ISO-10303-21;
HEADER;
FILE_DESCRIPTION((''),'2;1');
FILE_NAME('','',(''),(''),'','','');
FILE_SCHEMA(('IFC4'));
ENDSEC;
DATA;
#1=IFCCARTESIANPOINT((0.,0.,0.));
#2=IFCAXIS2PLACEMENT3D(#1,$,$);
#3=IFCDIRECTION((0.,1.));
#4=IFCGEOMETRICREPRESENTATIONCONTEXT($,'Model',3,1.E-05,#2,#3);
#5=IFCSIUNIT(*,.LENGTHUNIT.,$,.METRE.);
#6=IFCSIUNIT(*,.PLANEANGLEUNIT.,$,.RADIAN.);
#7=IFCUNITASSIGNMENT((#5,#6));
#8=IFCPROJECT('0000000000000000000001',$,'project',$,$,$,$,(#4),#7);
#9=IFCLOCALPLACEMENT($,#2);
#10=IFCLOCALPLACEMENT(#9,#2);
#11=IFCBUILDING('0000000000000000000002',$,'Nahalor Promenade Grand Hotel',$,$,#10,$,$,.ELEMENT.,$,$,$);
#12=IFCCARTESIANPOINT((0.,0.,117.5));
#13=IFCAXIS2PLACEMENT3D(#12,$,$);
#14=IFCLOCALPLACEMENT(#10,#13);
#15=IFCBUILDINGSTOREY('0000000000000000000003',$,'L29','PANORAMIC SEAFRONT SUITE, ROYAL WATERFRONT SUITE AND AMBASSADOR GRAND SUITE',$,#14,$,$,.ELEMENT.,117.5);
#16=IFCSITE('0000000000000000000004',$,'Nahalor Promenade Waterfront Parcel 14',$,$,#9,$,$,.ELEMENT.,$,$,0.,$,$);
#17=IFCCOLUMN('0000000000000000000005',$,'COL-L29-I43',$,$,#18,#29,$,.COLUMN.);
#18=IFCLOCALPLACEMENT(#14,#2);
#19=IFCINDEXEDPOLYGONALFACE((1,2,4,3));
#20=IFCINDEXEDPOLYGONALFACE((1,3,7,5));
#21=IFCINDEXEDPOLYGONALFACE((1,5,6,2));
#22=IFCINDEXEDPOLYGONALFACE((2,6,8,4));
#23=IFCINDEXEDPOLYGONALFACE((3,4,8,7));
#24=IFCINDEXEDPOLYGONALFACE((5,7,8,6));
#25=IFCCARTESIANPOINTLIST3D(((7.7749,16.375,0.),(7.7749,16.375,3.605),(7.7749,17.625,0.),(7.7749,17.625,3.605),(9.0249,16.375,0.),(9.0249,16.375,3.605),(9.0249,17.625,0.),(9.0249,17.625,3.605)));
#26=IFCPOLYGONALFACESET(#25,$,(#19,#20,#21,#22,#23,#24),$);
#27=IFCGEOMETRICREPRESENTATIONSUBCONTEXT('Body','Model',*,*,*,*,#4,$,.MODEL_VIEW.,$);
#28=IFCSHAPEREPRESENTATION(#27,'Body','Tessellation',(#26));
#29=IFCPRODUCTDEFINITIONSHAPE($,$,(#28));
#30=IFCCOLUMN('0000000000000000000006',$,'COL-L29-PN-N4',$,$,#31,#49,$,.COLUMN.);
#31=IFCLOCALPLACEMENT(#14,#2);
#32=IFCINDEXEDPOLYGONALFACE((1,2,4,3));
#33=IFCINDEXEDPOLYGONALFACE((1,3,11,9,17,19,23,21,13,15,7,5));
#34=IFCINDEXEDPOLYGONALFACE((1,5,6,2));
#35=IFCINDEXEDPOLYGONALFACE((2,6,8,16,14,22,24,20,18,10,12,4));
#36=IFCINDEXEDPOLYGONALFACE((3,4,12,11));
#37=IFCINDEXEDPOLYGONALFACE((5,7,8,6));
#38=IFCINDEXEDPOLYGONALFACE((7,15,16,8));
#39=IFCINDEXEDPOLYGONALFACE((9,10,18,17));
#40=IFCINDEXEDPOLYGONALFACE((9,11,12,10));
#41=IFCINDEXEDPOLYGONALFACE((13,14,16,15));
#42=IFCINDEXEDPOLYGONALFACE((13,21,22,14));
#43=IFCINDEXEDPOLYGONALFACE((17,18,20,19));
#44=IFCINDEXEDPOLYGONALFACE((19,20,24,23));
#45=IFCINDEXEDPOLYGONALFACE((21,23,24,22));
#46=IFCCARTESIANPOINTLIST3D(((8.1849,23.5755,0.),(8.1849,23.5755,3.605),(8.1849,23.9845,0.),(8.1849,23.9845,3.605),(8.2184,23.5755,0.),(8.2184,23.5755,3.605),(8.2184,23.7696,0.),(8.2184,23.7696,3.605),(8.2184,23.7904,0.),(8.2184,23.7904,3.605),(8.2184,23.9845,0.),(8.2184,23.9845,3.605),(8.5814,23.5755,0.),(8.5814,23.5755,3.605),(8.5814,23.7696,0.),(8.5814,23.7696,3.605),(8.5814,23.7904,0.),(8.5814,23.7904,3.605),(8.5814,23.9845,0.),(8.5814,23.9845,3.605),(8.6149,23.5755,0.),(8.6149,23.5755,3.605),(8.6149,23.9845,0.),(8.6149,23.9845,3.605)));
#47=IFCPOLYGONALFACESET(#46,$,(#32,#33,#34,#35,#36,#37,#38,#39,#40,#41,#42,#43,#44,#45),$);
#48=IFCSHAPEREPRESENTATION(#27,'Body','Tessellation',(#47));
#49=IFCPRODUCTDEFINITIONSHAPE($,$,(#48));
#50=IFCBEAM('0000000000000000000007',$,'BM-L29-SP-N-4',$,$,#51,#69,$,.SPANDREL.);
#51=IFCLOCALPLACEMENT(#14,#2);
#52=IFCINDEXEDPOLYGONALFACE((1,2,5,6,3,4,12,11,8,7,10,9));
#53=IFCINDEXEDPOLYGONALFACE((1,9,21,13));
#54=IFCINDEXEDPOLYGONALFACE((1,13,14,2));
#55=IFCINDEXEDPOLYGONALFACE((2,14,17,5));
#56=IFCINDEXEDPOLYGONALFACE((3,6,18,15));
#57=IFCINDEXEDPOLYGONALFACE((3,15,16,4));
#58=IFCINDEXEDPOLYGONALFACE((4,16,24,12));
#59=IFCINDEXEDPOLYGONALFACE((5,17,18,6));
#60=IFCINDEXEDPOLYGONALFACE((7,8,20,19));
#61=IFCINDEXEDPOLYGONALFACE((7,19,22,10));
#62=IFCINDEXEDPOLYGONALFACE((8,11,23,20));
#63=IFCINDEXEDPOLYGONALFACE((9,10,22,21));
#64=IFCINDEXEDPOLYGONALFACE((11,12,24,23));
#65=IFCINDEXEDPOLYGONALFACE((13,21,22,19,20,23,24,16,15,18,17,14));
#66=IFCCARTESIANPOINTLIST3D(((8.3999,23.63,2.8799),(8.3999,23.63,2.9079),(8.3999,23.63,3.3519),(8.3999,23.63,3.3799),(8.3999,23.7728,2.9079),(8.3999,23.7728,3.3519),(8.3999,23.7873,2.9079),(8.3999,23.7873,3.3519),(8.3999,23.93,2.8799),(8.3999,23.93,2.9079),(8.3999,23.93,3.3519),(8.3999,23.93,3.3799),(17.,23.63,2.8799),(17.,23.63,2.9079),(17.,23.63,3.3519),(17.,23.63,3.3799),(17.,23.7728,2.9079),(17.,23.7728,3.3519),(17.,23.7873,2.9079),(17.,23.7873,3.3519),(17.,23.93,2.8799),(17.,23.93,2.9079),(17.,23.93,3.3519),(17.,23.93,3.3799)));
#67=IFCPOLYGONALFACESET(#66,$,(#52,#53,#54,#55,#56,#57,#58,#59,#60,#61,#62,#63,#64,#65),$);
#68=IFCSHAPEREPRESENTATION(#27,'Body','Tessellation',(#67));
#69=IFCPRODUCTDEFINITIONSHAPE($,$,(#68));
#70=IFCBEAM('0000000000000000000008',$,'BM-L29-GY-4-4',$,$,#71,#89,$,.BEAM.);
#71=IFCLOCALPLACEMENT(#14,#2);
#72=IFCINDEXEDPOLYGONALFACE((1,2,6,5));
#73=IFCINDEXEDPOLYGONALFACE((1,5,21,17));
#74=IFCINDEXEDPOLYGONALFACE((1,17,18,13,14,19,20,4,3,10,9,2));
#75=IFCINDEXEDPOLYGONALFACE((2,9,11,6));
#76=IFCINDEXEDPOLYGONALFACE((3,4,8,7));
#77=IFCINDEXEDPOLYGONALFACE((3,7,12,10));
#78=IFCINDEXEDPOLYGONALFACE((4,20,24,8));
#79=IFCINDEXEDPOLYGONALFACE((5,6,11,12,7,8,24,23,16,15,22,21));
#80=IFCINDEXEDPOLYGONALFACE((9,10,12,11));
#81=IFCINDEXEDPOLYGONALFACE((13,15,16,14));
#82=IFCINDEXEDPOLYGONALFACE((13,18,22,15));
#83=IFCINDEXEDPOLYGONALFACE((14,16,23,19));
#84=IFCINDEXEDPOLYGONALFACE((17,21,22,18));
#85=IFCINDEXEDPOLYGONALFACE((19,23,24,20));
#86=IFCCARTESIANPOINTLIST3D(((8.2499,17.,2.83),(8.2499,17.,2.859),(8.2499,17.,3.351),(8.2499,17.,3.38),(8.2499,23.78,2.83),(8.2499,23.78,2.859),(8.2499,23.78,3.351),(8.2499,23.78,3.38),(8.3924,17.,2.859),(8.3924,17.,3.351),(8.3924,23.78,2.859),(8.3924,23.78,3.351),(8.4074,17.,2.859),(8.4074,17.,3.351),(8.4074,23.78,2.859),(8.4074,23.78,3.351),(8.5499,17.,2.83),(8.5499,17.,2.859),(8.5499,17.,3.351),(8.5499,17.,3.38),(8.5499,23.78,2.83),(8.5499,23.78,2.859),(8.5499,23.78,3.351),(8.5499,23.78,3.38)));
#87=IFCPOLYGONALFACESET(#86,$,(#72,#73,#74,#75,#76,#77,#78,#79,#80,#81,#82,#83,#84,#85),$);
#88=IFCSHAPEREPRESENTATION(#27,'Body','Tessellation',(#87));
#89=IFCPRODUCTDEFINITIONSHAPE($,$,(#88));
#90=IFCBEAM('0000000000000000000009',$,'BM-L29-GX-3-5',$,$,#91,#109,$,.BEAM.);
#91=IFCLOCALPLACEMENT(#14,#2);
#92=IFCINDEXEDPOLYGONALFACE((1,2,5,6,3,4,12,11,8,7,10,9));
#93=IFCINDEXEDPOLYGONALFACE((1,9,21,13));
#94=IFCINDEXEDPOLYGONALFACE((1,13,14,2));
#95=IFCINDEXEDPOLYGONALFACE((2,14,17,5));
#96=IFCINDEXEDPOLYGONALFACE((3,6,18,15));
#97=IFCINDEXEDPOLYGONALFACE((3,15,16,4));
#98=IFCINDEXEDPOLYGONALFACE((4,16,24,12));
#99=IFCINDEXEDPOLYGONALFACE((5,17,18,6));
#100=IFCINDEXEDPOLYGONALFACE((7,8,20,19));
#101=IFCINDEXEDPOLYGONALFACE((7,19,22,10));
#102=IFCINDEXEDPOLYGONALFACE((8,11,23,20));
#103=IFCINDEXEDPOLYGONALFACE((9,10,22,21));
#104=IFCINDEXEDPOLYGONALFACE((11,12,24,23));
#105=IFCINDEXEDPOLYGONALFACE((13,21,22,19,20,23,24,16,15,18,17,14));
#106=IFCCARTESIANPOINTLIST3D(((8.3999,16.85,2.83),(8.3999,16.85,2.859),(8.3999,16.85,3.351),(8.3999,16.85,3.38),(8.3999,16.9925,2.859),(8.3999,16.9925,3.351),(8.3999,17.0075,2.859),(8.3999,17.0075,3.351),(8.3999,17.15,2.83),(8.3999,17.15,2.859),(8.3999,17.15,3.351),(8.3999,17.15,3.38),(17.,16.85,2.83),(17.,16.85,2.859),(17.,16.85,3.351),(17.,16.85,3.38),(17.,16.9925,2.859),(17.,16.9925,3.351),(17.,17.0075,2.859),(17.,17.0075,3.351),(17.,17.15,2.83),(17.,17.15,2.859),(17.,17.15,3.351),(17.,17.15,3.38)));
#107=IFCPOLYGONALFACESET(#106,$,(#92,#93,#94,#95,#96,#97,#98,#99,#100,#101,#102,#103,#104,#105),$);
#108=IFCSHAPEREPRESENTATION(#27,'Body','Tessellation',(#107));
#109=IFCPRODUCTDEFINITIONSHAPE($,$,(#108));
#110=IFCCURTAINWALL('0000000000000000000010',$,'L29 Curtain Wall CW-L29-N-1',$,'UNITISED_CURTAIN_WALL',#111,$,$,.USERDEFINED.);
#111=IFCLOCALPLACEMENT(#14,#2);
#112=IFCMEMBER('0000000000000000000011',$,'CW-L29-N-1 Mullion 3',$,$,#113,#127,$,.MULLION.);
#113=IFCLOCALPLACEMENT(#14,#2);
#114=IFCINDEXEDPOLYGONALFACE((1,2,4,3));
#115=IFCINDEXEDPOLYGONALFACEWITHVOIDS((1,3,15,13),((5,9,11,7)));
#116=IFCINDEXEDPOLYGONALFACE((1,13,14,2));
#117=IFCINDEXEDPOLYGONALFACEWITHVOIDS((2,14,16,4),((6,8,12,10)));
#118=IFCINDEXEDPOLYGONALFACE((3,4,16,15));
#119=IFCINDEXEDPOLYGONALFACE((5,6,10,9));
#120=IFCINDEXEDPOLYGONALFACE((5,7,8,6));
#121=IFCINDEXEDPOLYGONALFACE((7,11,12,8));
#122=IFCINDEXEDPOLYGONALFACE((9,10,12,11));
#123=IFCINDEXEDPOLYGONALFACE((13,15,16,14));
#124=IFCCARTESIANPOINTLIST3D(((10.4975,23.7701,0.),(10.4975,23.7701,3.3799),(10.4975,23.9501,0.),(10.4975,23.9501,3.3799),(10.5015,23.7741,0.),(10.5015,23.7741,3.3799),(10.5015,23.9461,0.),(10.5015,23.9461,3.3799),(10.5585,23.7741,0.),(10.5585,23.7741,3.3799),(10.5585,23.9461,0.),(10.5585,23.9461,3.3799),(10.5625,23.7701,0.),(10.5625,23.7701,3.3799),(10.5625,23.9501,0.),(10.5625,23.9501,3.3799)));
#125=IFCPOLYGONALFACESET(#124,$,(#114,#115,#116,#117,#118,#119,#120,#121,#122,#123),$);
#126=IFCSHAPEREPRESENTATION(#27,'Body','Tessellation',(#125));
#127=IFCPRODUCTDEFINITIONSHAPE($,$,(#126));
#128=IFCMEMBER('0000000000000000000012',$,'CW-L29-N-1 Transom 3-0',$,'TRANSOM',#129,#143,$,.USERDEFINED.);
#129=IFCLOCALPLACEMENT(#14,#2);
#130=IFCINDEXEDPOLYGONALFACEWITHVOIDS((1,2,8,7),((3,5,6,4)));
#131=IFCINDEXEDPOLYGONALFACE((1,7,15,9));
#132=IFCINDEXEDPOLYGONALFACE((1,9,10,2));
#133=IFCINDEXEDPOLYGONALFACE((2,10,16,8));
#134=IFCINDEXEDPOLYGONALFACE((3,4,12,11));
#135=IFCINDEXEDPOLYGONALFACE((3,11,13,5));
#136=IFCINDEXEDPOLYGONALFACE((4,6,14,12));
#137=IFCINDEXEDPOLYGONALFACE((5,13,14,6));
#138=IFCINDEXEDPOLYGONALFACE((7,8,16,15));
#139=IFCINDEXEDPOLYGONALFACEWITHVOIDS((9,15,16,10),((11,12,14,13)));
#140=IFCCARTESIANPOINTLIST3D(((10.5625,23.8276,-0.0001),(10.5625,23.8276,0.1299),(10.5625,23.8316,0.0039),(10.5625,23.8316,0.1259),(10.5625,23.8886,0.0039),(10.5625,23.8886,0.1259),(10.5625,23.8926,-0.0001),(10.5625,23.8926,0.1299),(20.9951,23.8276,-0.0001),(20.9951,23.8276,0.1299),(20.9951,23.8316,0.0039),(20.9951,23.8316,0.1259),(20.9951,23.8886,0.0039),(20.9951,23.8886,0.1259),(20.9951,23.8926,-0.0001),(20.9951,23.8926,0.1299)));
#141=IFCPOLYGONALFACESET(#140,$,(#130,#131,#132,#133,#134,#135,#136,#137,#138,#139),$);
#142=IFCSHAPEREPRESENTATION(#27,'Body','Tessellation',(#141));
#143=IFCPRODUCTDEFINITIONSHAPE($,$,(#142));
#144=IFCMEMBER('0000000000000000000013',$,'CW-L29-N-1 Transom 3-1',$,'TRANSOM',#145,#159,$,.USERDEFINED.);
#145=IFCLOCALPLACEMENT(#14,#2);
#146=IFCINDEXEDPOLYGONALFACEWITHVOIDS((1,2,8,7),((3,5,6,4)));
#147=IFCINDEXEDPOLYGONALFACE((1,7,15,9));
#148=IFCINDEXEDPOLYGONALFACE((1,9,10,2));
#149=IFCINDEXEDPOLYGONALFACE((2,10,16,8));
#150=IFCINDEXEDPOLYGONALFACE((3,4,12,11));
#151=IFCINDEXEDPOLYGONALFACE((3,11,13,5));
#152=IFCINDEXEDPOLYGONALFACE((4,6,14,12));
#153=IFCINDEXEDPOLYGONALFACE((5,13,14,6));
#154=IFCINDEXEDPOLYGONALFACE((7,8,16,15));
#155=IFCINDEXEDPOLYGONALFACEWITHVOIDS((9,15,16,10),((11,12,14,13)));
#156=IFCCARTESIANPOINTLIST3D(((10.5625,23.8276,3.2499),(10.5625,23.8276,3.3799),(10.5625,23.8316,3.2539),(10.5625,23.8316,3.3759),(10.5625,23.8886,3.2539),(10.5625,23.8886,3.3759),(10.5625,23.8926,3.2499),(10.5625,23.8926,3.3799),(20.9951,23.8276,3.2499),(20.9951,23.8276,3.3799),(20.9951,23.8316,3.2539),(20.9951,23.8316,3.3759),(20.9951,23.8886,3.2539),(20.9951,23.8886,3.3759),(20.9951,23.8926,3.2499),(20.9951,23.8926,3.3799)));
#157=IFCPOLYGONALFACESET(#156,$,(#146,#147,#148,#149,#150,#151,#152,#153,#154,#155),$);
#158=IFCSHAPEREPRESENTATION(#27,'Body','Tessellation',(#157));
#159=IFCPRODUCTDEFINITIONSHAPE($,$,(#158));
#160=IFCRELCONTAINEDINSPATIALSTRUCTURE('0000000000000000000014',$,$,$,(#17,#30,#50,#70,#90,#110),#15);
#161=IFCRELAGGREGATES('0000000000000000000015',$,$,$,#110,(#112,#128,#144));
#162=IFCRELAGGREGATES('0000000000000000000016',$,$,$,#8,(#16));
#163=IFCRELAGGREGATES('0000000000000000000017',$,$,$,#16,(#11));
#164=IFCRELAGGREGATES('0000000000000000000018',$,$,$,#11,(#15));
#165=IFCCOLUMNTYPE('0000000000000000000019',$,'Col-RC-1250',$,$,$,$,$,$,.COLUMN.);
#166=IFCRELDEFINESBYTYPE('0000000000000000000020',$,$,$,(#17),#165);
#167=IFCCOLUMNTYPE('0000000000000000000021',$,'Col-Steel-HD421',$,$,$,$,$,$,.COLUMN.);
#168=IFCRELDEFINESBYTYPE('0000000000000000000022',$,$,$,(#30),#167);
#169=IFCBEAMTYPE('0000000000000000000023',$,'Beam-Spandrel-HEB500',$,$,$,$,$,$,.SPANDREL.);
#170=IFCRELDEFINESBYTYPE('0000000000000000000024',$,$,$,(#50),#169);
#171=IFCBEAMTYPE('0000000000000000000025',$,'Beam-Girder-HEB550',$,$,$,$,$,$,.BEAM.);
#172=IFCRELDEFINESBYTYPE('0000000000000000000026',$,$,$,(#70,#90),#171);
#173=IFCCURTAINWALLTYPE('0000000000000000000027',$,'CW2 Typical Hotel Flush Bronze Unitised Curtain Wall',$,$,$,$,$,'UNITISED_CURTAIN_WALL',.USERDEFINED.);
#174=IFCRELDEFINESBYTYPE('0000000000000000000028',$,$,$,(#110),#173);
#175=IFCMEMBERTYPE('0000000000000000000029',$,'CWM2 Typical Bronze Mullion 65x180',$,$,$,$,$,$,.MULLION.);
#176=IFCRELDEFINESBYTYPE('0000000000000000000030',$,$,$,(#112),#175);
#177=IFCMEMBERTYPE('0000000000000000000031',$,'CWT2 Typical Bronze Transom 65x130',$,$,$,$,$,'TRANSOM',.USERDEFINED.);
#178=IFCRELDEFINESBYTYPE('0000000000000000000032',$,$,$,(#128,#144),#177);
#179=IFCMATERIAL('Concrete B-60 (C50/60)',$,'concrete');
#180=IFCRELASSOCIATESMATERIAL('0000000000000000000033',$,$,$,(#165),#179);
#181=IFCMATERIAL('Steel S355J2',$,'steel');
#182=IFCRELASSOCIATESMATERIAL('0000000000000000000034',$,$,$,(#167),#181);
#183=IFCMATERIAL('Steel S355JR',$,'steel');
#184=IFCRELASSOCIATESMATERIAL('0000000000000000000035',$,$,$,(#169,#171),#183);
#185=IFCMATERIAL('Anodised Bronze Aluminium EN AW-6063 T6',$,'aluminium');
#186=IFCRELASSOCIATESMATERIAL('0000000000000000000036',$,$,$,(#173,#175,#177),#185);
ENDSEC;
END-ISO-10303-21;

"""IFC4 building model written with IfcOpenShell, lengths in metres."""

from ifc_helpers import new_model, si_unit, direction, frame, origin, origin_2d, place, context, subcontext, project, spatial, rectangle, hollow_rectangle, i_section, extrude, source, transform, mapped, material, material_profile, profile_set, type_object, element, aggregate, save


model = new_model("IFC4")

# Units and contexts
model_context = context("Model", 3, precision=1e-05, world=origin(), true_north=direction((0.0, 1.0)))
body_context = subcontext(model_context, "Body", "Model", "MODEL_VIEW")
ifc_project = project(units=[si_unit("LENGTHUNIT", "METRE"), si_unit("PLANEANGLEUNIT", "RADIAN")], contexts=[model_context])

# Site, building, storey
site_placement = place(None, origin())
site = spatial("IfcSite", under=ifc_project, at=site_placement, Name="Nahalor Promenade Waterfront Parcel 14", CompositionType="ELEMENT", RefElevation=0.0)
building_placement = place(site_placement, origin())
building = spatial("IfcBuilding", under=site, at=building_placement, Name="Nahalor Promenade Grand Hotel", CompositionType="ELEMENT")
storey_placement = place(building_placement, frame((0.0, 0.0, 117.5)))
storey = spatial("IfcBuildingStorey", under=building, at=storey_placement, Name="L29", Description="PANORAMIC SEAFRONT SUITE, ROYAL WATERFRONT SUITE AND AMBASSADOR GRAND SUITE", CompositionType="ELEMENT", Elevation=117.5)

# Columns
ifc_material_1 = material(Name="Concrete B-60 (C50/60)", Category="concrete")
ifc_material_profile_1 = material_profile(ifc_material_1, rectangle(XDim=1.25, YDim=1.25, at=origin_2d()), Name="RC 1250x1250")
ifc_profile_set_1 = profile_set([ifc_material_profile_1], Name="Concrete B-60 (C50/60)")
column_type_1 = type_object("IfcColumnType", Name="Col-RC-1250", PredefinedType="COLUMN", material=ifc_profile_set_1)
shared_shape_1 = source(origin(), body_context, "Body", "SweptSolid", [
    extrude(rectangle(XDim=1.25, YDim=1.25, at=origin_2d()), origin(), (0.0, 0.0, 1.0), 3.605),
])
column_1_placement = place(storey_placement, frame((8.3999, 17.0, 0.0), z_axis=(0.0, 0.0, 1.0), x_axis=(1.0, 0.0, 0.0)))
element("IfcColumn", 1, at=column_1_placement, inside=storey, type_object=column_type_1, Name="COL-L29-I43", PredefinedType="COLUMN", context=body_context, shape_type="MappedRepresentation", body=[
    mapped(shared_shape_1, transform((0.0, 0.0, 0.0), scale=1.0)),
])
ifc_material_2 = material(Name="Steel S355J2", Category="steel")
ifc_material_profile_2 = material_profile(ifc_material_2, i_section(OverallWidth=0.409, OverallDepth=0.43, WebThickness=0.0208, FlangeThickness=0.0335, at=origin_2d()), Name="HD 400x421")
ifc_profile_set_2 = profile_set([ifc_material_profile_2], Name="Steel S355J2")
column_type_2 = type_object("IfcColumnType", Name="Col-Steel-HD421", PredefinedType="COLUMN", material=ifc_profile_set_2)
shared_shape_2 = source(origin(), body_context, "Body", "SweptSolid", [
    extrude(i_section(OverallWidth=0.409, OverallDepth=0.43, WebThickness=0.0208, FlangeThickness=0.0335, at=origin_2d()), origin(), (0.0, 0.0, 1.0), 3.605),
])
column_2_placement = place(storey_placement, frame((8.3999, 23.78, 0.0), z_axis=(0.0, 0.0, 1.0), x_axis=(0.0, 1.0, 0.0)))
element("IfcColumn", 2, at=column_2_placement, inside=storey, type_object=column_type_2, Name="COL-L29-PN-N4", PredefinedType="COLUMN", context=body_context, shape_type="MappedRepresentation", body=[
    mapped(shared_shape_2, transform((0.0, 0.0, 0.0), scale=1.0)),
])

# Beams
ifc_material_3 = material(Name="Steel S355JR", Category="steel")
ifc_material_profile_3 = material_profile(ifc_material_3, i_section(OverallWidth=0.3, OverallDepth=0.5, WebThickness=0.0145, FlangeThickness=0.028, at=origin_2d()), Name="HEB 500")
ifc_profile_set_3 = profile_set([ifc_material_profile_3], Name="Steel S355JR")
beam_type_1 = type_object("IfcBeamType", Name="Beam-Spandrel-HEB500", PredefinedType="SPANDREL", material=ifc_profile_set_3)
shared_shape_3 = source(origin(), body_context, "Body", "SweptSolid", [
    extrude(i_section(OverallWidth=0.3, OverallDepth=0.5, WebThickness=0.0145, FlangeThickness=0.028, at=origin_2d()), origin(), (0.0, 0.0, 1.0), 8.6001),
])
beam_1_placement = place(storey_placement, frame((8.3999, 23.78, 3.1299), z_axis=(1.0, 0.0, 0.0), x_axis=(0.0, 1.0, 0.0)))
element("IfcBeam", 3, at=beam_1_placement, inside=storey, type_object=beam_type_1, Name="BM-L29-SP-N-4", PredefinedType="SPANDREL", context=body_context, shape_type="MappedRepresentation", body=[
    mapped(shared_shape_3, transform((0.0, 0.0, 0.0), scale=1.0)),
])
ifc_material_profile_4 = material_profile(ifc_material_3, i_section(OverallWidth=0.3, OverallDepth=0.55, WebThickness=0.015, FlangeThickness=0.029, at=origin_2d()), Name="HEB 550")
ifc_profile_set_4 = profile_set([ifc_material_profile_4], Name="Steel S355JR")
beam_type_2 = type_object("IfcBeamType", Name="Beam-Girder-HEB550", PredefinedType="BEAM", material=ifc_profile_set_4)
shared_shape_4 = source(origin(), body_context, "Body", "SweptSolid", [
    extrude(i_section(OverallWidth=0.3, OverallDepth=0.55, WebThickness=0.015, FlangeThickness=0.029, at=origin_2d()), origin(), (0.0, 0.0, 1.0), 6.78),
])
beam_2_placement = place(storey_placement, frame((8.3999, 17.0, 3.105), z_axis=(0.0, 1.0, 0.0), x_axis=(-1.0, 0.0, 0.0)))
element("IfcBeam", 4, at=beam_2_placement, inside=storey, type_object=beam_type_2, Name="BM-L29-GY-4-4", PredefinedType="BEAM", context=body_context, shape_type="MappedRepresentation", body=[
    mapped(shared_shape_4, transform((0.0, 0.0, 0.0), scale=1.0)),
])
shared_shape_5 = source(origin(), body_context, "Body", "SweptSolid", [
    extrude(i_section(OverallWidth=0.3, OverallDepth=0.55, WebThickness=0.015, FlangeThickness=0.029, at=origin_2d()), origin(), (0.0, 0.0, 1.0), 8.6001),
])
beam_3_placement = place(storey_placement, frame((8.3999, 17.0, 3.105), z_axis=(1.0, 0.0, 0.0), x_axis=(0.0, 1.0, 0.0)))
element("IfcBeam", 5, at=beam_3_placement, inside=storey, type_object=beam_type_2, Name="BM-L29-GX-3-5", PredefinedType="BEAM", context=body_context, shape_type="MappedRepresentation", body=[
    mapped(shared_shape_5, transform((0.0, 0.0, 0.0), scale=1.0)),
])

# Curtain wall, members
ifc_material_4 = material(Name="Anodised Bronze Aluminium EN AW-6063 T6", Category="aluminium")
curtain_wall_type = type_object("IfcCurtainWallType", Name="CW2 Typical Hotel Flush Bronze Unitised Curtain Wall", ElementType="UNITISED_CURTAIN_WALL", PredefinedType="USERDEFINED", material=ifc_material_4)
curtain_wall_placement = place(storey_placement, origin())
curtain_wall = element("IfcCurtainWall", 6, at=curtain_wall_placement, inside=storey, type_object=curtain_wall_type, Name="L29 Curtain Wall CW-L29-N-1", ObjectType="UNITISED_CURTAIN_WALL", PredefinedType="USERDEFINED")
ifc_material_profile_5 = material_profile(ifc_material_4, hollow_rectangle(XDim=0.065, YDim=0.18, WallThickness=0.004, at=origin_2d()), Name="CWM 65x180x4")
ifc_profile_set_5 = profile_set([ifc_material_profile_5], Name="Anodised Bronze Aluminium EN AW-6063 T6")
member_type_1 = type_object("IfcMemberType", Name="CWM2 Typical Bronze Mullion 65x180", PredefinedType="MULLION", material=ifc_profile_set_5)
shared_shape_6 = source(origin(), body_context, "Body", "SweptSolid", [
    extrude(hollow_rectangle(XDim=0.065, YDim=0.18, WallThickness=0.004, at=origin_2d()), origin(), (0.0, 0.0, 1.0), 3.3799),
])
member_1_placement = place(storey_placement, frame((10.53, 23.8601, 0.0), z_axis=(0.0, 0.0, 1.0), x_axis=(1.0, 0.0, 0.0)))
member_1 = element("IfcMember", 7, at=member_1_placement, type_object=member_type_1, Name="CW-L29-N-1 Mullion 3", PredefinedType="MULLION", context=body_context, shape_type="MappedRepresentation", body=[
    mapped(shared_shape_6, transform((0.0, 0.0, 0.0), scale=1.0)),
])
ifc_material_profile_6 = material_profile(ifc_material_4, hollow_rectangle(XDim=0.065, YDim=0.13, WallThickness=0.004, at=origin_2d()), Name="CWT 65x130x4")
ifc_profile_set_6 = profile_set([ifc_material_profile_6], Name="Anodised Bronze Aluminium EN AW-6063 T6")
member_type_2 = type_object("IfcMemberType", Name="CWT2 Typical Bronze Transom 65x130", ElementType="TRANSOM", PredefinedType="USERDEFINED", material=ifc_profile_set_6)
shared_shape_7 = source(origin(), body_context, "Body", "SweptSolid", [
    extrude(hollow_rectangle(XDim=0.065, YDim=0.13, WallThickness=0.004, at=origin_2d()), origin(), (0.0, 0.0, 1.0), 10.4326),
])
member_2_placement = place(storey_placement, frame((10.5625, 23.8601, 0.0649), z_axis=(1.0, 0.0, 0.0), x_axis=(0.0, 1.0, 0.0)))
member_2 = element("IfcMember", 8, at=member_2_placement, type_object=member_type_2, Name="CW-L29-N-1 Transom 3-0", ObjectType="TRANSOM", PredefinedType="USERDEFINED", context=body_context, shape_type="MappedRepresentation", body=[
    mapped(shared_shape_7, transform((0.0, 0.0, 0.0), scale=1.0)),
])
member_3_placement = place(storey_placement, frame((10.5625, 23.8601, 3.3149), z_axis=(1.0, 0.0, 0.0), x_axis=(0.0, 1.0, 0.0)))
member_3 = element("IfcMember", 9, at=member_3_placement, type_object=member_type_2, Name="CW-L29-N-1 Transom 3-1", ObjectType="TRANSOM", PredefinedType="USERDEFINED", context=body_context, shape_type="MappedRepresentation", body=[
    mapped(shared_shape_7, transform((0.0, 0.0, 0.0), scale=1.0)),
])
aggregate(curtain_wall, [member_1, member_2, member_3])

save(model, "model.ifc")
